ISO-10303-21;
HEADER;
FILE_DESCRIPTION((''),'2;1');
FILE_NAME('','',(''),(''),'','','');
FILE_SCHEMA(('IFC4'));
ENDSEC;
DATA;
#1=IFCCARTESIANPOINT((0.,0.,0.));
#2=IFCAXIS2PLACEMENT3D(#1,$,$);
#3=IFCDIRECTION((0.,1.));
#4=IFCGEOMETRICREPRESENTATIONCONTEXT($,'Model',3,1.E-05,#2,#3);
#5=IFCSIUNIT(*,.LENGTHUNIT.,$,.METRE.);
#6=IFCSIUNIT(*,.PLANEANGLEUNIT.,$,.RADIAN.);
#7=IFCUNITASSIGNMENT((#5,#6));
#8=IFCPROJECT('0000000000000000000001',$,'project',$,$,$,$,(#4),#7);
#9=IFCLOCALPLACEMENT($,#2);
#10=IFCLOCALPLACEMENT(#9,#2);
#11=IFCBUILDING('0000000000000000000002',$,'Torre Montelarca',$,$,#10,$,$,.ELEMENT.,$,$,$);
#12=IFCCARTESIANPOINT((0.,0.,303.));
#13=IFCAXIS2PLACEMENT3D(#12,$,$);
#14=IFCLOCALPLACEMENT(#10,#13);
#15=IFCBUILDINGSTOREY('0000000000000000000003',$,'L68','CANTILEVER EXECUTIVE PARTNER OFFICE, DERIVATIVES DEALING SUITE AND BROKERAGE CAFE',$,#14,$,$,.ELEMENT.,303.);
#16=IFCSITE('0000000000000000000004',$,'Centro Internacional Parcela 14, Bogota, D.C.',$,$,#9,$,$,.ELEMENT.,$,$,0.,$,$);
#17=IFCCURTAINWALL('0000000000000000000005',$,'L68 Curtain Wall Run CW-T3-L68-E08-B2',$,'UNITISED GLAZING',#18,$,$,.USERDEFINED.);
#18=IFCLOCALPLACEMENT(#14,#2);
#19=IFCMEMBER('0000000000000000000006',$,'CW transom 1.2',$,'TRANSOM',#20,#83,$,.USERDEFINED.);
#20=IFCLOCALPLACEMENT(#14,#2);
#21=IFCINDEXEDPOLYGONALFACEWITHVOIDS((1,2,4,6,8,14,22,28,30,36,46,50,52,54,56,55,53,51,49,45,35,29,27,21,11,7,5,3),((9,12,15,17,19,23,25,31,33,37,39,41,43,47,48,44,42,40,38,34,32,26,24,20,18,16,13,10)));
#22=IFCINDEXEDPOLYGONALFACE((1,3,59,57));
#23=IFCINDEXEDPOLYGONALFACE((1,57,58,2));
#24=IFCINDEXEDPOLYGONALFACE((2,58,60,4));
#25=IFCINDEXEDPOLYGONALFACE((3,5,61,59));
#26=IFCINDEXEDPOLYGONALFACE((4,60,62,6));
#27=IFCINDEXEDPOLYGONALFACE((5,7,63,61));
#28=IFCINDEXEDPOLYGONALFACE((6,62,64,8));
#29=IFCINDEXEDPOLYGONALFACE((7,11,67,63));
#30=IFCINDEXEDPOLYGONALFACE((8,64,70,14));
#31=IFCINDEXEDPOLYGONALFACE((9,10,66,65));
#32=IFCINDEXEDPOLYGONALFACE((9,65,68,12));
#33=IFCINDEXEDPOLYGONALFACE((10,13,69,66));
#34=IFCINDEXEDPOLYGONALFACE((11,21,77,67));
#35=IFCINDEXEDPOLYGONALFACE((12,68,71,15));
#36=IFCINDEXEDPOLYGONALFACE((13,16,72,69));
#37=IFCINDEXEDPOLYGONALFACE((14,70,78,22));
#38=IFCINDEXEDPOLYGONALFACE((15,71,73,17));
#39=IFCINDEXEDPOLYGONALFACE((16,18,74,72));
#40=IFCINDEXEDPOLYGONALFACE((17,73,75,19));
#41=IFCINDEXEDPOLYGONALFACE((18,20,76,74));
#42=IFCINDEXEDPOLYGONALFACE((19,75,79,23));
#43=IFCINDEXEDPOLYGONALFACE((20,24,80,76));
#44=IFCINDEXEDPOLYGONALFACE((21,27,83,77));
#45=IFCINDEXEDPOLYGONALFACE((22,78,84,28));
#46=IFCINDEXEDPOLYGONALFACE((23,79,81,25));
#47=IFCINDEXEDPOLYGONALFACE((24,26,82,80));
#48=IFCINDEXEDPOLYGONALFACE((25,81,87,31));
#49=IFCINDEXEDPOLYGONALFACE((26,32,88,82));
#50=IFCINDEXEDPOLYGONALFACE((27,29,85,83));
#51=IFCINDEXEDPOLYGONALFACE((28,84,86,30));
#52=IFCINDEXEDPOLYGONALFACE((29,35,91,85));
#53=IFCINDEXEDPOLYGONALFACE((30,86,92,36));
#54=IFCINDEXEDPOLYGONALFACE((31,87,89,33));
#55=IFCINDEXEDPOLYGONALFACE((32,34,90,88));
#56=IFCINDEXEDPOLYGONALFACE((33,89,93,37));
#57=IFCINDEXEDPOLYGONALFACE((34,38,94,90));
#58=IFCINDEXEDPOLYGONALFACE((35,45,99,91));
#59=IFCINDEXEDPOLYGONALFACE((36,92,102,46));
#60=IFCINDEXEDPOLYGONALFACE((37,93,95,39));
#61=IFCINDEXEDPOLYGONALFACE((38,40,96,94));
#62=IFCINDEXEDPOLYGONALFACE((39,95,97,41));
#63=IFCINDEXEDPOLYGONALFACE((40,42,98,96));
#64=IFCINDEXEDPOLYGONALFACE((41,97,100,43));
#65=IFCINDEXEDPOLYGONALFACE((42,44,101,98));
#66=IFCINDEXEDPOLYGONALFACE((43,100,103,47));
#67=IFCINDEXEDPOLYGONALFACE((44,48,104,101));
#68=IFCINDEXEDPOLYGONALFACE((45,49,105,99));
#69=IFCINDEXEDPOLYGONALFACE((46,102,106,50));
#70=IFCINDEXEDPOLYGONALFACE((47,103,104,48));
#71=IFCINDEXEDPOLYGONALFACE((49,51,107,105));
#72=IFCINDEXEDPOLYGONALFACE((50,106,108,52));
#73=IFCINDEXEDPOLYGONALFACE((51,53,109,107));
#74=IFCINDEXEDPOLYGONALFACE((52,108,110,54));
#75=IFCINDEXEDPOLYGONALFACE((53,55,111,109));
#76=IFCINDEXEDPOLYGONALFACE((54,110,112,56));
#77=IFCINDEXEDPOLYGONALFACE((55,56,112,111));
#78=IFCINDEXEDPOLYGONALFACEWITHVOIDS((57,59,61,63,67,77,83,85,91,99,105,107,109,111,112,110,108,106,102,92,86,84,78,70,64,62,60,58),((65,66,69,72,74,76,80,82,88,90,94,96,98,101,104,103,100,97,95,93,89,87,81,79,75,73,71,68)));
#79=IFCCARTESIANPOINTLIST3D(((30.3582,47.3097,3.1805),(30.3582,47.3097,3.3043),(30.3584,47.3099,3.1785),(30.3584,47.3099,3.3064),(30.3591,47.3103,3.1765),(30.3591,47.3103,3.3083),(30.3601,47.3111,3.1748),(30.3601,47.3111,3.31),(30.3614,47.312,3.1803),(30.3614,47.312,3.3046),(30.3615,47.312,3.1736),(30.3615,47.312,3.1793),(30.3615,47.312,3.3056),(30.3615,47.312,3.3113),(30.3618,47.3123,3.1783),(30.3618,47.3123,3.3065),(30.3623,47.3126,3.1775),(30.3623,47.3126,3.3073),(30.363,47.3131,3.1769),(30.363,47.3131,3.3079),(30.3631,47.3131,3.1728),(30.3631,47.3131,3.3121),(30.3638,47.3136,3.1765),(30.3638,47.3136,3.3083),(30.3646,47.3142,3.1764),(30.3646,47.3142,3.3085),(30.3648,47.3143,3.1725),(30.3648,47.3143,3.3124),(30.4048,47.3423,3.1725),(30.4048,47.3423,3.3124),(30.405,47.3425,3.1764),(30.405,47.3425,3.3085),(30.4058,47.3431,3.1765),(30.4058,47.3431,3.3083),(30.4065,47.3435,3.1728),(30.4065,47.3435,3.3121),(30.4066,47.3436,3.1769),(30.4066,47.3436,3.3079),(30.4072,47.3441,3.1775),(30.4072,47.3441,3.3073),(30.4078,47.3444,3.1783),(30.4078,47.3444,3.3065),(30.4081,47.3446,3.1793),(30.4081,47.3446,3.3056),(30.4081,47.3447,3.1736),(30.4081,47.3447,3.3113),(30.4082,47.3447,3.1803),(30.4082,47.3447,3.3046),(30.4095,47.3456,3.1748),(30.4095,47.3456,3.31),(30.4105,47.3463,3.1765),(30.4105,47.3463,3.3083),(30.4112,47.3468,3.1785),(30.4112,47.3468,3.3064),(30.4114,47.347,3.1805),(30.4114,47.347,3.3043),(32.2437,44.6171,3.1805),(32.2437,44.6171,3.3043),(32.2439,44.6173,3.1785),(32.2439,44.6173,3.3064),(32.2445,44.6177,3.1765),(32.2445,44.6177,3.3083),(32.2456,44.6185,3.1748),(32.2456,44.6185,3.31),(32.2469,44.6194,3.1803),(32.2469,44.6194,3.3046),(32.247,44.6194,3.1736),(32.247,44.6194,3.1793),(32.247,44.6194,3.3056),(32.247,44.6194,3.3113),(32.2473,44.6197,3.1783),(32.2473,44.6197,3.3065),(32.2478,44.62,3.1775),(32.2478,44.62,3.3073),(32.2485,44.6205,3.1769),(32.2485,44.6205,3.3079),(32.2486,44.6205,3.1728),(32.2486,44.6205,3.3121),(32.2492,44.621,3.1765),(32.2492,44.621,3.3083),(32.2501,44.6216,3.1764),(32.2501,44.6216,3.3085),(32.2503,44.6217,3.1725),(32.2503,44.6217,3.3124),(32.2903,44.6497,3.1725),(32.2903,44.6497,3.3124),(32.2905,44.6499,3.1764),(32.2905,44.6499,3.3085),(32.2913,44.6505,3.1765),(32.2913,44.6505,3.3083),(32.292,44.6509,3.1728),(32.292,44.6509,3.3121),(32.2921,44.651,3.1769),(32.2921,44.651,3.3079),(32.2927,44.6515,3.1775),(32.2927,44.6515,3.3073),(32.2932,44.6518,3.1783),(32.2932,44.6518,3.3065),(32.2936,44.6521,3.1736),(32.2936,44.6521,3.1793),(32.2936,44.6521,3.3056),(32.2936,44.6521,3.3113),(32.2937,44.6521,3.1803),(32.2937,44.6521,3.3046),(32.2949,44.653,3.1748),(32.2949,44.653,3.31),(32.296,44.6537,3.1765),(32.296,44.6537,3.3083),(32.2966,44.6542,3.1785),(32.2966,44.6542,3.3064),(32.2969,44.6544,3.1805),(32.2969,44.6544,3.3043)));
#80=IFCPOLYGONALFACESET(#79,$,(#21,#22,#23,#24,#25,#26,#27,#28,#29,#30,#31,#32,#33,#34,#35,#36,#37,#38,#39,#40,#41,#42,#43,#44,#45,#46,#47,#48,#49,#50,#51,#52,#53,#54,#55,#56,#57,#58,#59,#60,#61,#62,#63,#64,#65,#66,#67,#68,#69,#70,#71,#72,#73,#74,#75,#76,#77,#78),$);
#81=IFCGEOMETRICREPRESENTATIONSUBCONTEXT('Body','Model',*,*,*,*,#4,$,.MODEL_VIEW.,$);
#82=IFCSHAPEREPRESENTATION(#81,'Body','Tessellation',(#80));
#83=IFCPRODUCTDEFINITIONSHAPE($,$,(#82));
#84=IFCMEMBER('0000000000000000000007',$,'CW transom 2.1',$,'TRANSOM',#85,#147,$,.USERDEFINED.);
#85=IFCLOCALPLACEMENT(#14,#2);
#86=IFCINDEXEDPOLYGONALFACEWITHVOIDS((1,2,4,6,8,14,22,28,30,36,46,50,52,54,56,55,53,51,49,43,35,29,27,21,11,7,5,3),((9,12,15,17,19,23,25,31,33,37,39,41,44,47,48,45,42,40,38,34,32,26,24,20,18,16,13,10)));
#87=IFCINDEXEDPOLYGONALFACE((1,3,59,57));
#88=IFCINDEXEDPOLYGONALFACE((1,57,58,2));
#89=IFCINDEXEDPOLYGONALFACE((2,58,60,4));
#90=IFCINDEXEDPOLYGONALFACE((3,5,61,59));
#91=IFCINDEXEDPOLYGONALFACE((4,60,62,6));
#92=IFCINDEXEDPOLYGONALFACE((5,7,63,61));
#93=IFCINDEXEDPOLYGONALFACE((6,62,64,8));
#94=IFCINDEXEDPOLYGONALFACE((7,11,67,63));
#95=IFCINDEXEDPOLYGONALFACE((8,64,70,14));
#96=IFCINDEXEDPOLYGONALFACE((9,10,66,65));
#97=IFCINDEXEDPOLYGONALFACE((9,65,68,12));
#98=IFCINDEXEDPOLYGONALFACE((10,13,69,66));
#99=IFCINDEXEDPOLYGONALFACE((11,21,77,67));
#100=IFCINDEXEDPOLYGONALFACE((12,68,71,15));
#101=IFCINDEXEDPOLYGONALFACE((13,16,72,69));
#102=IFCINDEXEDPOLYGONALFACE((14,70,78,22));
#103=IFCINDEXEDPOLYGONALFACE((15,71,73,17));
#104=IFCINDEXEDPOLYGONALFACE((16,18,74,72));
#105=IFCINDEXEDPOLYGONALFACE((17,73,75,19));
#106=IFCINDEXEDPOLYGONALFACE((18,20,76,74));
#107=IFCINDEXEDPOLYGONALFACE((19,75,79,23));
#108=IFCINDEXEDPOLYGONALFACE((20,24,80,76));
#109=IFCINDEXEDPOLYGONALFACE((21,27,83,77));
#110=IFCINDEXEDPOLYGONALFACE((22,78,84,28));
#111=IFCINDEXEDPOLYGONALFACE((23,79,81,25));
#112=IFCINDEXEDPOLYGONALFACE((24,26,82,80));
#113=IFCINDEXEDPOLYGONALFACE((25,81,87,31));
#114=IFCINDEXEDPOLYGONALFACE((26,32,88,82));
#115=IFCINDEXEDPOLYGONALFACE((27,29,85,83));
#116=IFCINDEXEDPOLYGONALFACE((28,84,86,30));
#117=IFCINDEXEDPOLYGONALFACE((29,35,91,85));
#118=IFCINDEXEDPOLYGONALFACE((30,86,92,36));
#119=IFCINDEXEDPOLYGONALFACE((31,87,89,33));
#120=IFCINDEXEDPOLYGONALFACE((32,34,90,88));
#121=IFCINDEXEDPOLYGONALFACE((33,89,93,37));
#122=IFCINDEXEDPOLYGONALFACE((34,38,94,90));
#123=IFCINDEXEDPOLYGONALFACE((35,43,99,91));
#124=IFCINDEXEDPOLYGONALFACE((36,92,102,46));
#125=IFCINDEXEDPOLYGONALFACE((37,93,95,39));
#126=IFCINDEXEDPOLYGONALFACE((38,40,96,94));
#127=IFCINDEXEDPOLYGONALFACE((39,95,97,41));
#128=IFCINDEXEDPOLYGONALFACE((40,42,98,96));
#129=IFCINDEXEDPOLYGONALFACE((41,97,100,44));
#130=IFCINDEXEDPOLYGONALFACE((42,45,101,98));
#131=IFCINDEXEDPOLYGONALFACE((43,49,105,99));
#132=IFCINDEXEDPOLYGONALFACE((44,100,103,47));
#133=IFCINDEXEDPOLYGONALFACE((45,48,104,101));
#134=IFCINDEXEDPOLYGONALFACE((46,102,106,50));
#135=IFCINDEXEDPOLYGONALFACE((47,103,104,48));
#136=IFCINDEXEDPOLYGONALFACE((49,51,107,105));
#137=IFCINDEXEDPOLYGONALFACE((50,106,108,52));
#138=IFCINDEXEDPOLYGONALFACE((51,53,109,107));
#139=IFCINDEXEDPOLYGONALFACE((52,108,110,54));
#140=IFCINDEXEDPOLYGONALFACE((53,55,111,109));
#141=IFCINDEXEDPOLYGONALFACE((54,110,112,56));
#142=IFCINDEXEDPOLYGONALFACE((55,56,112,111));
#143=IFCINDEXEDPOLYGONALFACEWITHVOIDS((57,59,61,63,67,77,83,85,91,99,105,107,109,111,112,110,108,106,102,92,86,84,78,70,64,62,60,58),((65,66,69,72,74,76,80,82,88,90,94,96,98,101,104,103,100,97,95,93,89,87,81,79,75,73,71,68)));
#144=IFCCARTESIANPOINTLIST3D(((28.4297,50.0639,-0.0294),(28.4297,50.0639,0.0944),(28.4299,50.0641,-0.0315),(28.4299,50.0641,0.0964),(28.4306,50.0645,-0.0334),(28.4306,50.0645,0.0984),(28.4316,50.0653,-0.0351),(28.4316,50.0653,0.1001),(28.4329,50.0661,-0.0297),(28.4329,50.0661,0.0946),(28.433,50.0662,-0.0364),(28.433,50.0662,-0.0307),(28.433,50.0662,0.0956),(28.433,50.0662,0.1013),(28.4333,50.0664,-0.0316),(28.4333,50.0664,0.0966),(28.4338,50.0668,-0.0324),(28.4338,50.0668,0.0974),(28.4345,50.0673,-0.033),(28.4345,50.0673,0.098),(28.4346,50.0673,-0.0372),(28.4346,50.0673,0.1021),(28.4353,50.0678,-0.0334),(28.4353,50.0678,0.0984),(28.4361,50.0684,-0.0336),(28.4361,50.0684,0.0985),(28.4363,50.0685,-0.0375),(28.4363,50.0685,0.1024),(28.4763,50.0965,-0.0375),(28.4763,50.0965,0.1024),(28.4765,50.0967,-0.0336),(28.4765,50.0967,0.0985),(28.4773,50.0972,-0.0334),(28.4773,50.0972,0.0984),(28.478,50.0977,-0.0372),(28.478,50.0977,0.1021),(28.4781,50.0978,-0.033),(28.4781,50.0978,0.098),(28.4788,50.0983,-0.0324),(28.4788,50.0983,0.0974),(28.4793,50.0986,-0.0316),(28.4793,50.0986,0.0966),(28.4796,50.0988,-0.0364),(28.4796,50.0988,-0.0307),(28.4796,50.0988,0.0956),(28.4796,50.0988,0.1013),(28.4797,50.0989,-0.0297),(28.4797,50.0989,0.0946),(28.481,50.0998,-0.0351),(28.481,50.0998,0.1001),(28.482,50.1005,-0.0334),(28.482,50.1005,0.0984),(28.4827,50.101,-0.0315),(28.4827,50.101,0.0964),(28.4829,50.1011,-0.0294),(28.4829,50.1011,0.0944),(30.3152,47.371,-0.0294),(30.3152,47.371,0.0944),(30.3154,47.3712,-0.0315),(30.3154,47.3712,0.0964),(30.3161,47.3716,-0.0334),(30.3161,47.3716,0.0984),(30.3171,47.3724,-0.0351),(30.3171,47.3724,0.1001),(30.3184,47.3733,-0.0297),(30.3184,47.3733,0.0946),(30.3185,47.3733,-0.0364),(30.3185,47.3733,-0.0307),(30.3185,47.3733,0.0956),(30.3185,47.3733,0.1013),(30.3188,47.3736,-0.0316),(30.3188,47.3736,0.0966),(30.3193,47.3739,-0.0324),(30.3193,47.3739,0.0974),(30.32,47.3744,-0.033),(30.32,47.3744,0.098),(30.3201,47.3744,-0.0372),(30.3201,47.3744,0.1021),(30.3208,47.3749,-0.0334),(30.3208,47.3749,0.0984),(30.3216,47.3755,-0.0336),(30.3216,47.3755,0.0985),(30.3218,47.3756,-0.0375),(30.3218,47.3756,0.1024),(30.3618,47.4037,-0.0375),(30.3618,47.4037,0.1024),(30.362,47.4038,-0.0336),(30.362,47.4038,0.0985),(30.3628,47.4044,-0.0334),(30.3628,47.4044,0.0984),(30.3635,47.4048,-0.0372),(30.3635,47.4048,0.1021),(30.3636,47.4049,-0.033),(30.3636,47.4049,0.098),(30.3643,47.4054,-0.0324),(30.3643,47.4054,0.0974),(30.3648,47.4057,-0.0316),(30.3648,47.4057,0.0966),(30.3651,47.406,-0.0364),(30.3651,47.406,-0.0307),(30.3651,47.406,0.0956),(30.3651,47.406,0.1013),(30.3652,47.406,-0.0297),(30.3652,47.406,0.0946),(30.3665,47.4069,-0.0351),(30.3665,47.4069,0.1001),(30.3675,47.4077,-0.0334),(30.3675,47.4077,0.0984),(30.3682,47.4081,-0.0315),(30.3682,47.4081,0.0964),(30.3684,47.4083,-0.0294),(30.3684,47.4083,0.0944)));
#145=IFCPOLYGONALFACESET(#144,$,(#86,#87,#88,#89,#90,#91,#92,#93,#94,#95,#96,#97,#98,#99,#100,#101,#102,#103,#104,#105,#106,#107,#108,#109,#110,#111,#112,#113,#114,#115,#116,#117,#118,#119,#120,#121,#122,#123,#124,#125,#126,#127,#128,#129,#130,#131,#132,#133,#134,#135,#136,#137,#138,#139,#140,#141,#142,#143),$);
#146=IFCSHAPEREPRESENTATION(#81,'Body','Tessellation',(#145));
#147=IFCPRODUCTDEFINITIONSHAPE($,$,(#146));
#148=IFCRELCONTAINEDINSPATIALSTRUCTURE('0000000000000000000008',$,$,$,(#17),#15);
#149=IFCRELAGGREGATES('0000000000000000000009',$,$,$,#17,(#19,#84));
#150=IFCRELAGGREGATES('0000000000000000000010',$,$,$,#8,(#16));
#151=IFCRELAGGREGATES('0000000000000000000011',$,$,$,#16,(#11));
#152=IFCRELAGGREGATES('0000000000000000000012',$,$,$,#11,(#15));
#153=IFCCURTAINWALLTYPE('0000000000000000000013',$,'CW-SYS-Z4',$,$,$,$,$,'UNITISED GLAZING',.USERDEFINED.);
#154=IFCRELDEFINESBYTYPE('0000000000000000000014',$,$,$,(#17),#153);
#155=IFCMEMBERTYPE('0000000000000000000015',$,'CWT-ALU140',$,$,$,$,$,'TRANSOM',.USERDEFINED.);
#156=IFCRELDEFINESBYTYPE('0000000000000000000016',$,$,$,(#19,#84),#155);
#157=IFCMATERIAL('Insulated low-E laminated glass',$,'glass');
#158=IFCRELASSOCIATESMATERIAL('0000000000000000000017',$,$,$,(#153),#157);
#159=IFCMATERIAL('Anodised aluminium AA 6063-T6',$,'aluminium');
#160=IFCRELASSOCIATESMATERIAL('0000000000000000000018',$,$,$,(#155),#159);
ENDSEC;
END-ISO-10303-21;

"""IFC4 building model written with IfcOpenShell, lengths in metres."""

from ifc_helpers import new_model, si_unit, direction, frame, origin, origin_2d, place, context, subcontext, project, spatial, hollow_rectangle, extrude, source, transform, mapped, material, material_profile, profile_set, type_object, element, aggregate, save


model = new_model("IFC4")

# Units and contexts
model_context = context("Model", 3, precision=1e-05, world=origin(), true_north=direction((0.0, 1.0)))
body_context = subcontext(model_context, "Body", "Model", "MODEL_VIEW")
ifc_project = project(units=[si_unit("LENGTHUNIT", "METRE"), si_unit("PLANEANGLEUNIT", "RADIAN")], contexts=[model_context])

# Site, building, storey
site_placement = place(None, origin())
site = spatial("IfcSite", under=ifc_project, at=site_placement, Name="Centro Internacional Parcela 14, Bogota, D.C.", CompositionType="ELEMENT", RefElevation=0.0)
building_placement = place(site_placement, origin())
building = spatial("IfcBuilding", under=site, at=building_placement, Name="Torre Montelarca", CompositionType="ELEMENT")
storey_placement = place(building_placement, frame((0.0, 0.0, 303.0)))
storey = spatial("IfcBuildingStorey", under=building, at=storey_placement, Name="L68", Description="CANTILEVER EXECUTIVE PARTNER OFFICE, DERIVATIVES DEALING SUITE AND BROKERAGE CAFE", CompositionType="ELEMENT", Elevation=303.0)

# Shared definitions
ifc_material_1 = material(Name="Insulated low-E laminated glass", Category="glass")
curtain_wall_type = type_object("IfcCurtainWallType", Name="CW-SYS-Z4", ElementType="UNITISED GLAZING", PredefinedType="USERDEFINED", material=ifc_material_1)
ifc_material_2 = material(Name="Anodised aluminium AA 6063-T6", Category="aluminium")

# Shared definitions
ifc_material_profile_1 = material_profile(ifc_material_2, hollow_rectangle(XDim=0.0649, YDim=0.1399, WallThickness=0.0039, InnerFilletRadius=0.0039, OuterFilletRadius=0.0081, at=origin_2d()), Name="ALU65X140X4", Category="aluminium")
ifc_profile_set_1 = profile_set([ifc_material_profile_1], Name="Anodised aluminium AA 6063-T6")
member_type_1 = type_object("IfcMemberType", Name="CWT-ALU140", ElementType="TRANSOM", PredefinedType="USERDEFINED", material=ifc_profile_set_1)

# Curtain wall, members
curtain_wall_1_placement = place(storey_placement, origin())
curtain_wall_1 = element("IfcCurtainWall", 1, at=curtain_wall_1_placement, inside=storey, type_object=curtain_wall_type, Name="L68 Curtain Wall Run CW-T3-L68-E08-B2", ObjectType="UNITISED GLAZING", PredefinedType="USERDEFINED")
shared_shape_1 = source(origin(), body_context, "Body", "SweptSolid", [
    extrude(hollow_rectangle(XDim=0.0649, YDim=0.1399, WallThickness=0.0039, InnerFilletRadius=0.0039, OuterFilletRadius=0.0081, at=origin_2d()), origin(), (0.0, 0.0, 1.0), 3.2871),
])
member_1_placement = place(storey_placement, frame((32.2703, 44.6357, 3.2424), z_axis=(-0.573597, 0.819138, 0.0), x_axis=(-0.819138, -0.573597, 0.0)))
member_1 = element("IfcMember", 2, at=member_1_placement, type_object=member_type_1, Name="CW transom 1.2", ObjectType="TRANSOM", PredefinedType="USERDEFINED", context=body_context, shape_type="MappedRepresentation", body=[
    mapped(shared_shape_1, transform((0.0, 0.0, 0.0), scale=1.0)),
])
shared_shape_2 = source(origin(), body_context, "Body", "SweptSolid", [
    extrude(hollow_rectangle(XDim=0.0649, YDim=0.1399, WallThickness=0.0039, InnerFilletRadius=0.0039, OuterFilletRadius=0.0081, at=origin_2d()), origin(), (0.0, 0.0, 1.0), 3.2874),
])
member_2_placement = place(storey_placement, frame((30.3418, 47.3896, 0.0325), z_axis=(-0.573562, 0.819162, 0.0), x_axis=(-0.819162, -0.573562, 0.0)))
member_2 = element("IfcMember", 3, at=member_2_placement, type_object=member_type_1, Name="CW transom 2.1", ObjectType="TRANSOM", PredefinedType="USERDEFINED", context=body_context, shape_type="MappedRepresentation", body=[
    mapped(shared_shape_2, transform((0.0, 0.0, 0.0), scale=1.0)),
])

aggregate(curtain_wall_1, [member_1, member_2])

save(model, "model.ifc")
